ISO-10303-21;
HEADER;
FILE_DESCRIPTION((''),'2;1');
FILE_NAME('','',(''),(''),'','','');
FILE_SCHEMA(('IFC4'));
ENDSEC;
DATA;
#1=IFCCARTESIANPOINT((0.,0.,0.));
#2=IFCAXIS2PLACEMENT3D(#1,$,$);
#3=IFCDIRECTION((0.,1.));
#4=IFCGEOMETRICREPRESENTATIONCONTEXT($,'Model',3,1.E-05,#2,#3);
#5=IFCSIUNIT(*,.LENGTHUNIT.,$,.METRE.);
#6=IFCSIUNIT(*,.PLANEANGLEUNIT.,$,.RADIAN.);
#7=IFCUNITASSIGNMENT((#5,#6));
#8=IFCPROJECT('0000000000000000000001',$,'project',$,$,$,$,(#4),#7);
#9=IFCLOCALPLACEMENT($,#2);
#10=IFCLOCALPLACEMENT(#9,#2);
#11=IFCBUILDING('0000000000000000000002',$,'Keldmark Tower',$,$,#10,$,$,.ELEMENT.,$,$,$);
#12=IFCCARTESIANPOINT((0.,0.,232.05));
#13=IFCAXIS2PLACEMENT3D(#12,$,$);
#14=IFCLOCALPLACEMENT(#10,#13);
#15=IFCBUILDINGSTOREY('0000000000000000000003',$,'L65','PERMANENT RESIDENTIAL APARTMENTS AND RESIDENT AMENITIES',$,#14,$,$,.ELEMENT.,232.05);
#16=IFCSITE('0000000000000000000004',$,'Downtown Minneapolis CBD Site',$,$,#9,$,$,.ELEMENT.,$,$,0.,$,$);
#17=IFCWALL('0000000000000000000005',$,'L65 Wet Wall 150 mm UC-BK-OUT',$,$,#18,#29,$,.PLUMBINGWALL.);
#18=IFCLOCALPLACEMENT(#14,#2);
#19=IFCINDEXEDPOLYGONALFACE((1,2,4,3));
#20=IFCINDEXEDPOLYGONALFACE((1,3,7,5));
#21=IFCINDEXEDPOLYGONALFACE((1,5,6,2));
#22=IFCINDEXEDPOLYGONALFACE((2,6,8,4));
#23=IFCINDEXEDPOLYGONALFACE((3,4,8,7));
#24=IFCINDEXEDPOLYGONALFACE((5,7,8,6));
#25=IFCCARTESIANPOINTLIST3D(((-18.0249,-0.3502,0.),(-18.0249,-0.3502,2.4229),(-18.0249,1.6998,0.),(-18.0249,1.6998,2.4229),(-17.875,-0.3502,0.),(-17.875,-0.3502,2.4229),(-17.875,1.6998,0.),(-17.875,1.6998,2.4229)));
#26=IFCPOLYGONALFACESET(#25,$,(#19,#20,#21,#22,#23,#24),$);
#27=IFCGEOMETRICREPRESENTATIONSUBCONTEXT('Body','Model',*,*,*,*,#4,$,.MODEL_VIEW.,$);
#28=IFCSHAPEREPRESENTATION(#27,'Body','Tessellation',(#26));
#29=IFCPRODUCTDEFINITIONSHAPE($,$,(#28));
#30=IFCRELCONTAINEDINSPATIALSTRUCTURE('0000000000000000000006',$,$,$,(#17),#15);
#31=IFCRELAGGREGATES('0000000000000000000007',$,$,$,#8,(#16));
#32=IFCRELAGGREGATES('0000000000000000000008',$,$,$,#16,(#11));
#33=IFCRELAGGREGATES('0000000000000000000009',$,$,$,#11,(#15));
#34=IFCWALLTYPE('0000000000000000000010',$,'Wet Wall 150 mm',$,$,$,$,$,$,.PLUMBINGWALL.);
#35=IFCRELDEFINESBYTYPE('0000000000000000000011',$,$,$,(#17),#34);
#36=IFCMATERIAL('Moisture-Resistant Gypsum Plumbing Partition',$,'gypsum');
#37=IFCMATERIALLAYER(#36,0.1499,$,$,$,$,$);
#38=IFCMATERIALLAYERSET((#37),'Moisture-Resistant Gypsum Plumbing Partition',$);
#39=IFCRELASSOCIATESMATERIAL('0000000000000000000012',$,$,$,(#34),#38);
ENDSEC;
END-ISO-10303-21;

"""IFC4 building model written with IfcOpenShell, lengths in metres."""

from ifc_helpers import new_model, si_unit, direction, frame, frame_2d, origin, place, context, subcontext, project, spatial, rectangle, extrude, material, layer, layer_set, type_object, element, save


model = new_model("IFC4")

# Units and contexts
model_context = context("Model", 3, precision=1e-05, world=origin(), true_north=direction((0.0, 1.0)))
body_context = subcontext(model_context, "Body", "Model", "MODEL_VIEW")
ifc_project = project(units=[si_unit("LENGTHUNIT", "METRE"), si_unit("PLANEANGLEUNIT", "RADIAN")], contexts=[model_context])

# Site, building, storey
site_placement = place(None, origin())
site = spatial("IfcSite", under=ifc_project, at=site_placement, Name="Downtown Minneapolis CBD Site", CompositionType="ELEMENT", RefElevation=0.0)
building_placement = place(site_placement, origin())
building = spatial("IfcBuilding", under=site, at=building_placement, Name="Keldmark Tower", CompositionType="ELEMENT")
storey_placement = place(building_placement, frame((0.0, 0.0, 232.05)))
storey = spatial("IfcBuildingStorey", under=building, at=storey_placement, Name="L65", Description="PERMANENT RESIDENTIAL APARTMENTS AND RESIDENT AMENITIES", CompositionType="ELEMENT", Elevation=232.05)

# Wall
ifc_material_1 = material(Name="Moisture-Resistant Gypsum Plumbing Partition", Category="gypsum")
ifc_layer_1 = layer(ifc_material_1, 0.1499)
ifc_layer_set_1 = layer_set([ifc_layer_1], Name="Moisture-Resistant Gypsum Plumbing Partition")
wall_type_1 = type_object("IfcWallType", Name="Wet Wall 150 mm", PredefinedType="PLUMBINGWALL", material=ifc_layer_set_1)
for number, where, z_axis, x_axis, name in (
    (1, (-17.95, -0.3501, 0.0), (0.0, 0.0, 1.0), (0.0, 1.0, 0.0), "L65 Wet Wall 150 mm UC-BK-OUT"),
):
    element("IfcWall", number, at=place(storey_placement, frame(where, z_axis=z_axis, x_axis=x_axis)), inside=storey, type_object=wall_type_1, Name=name, PredefinedType="PLUMBINGWALL", context=body_context, shape_type="SweptSolid", body=[
        extrude(rectangle(XDim=2.05, YDim=0.1499, at=frame_2d((1.0249, 0.0))), origin(), (0.0, 0.0, 1.0), 2.4229),
    ])

save(model, "model.ifc")
